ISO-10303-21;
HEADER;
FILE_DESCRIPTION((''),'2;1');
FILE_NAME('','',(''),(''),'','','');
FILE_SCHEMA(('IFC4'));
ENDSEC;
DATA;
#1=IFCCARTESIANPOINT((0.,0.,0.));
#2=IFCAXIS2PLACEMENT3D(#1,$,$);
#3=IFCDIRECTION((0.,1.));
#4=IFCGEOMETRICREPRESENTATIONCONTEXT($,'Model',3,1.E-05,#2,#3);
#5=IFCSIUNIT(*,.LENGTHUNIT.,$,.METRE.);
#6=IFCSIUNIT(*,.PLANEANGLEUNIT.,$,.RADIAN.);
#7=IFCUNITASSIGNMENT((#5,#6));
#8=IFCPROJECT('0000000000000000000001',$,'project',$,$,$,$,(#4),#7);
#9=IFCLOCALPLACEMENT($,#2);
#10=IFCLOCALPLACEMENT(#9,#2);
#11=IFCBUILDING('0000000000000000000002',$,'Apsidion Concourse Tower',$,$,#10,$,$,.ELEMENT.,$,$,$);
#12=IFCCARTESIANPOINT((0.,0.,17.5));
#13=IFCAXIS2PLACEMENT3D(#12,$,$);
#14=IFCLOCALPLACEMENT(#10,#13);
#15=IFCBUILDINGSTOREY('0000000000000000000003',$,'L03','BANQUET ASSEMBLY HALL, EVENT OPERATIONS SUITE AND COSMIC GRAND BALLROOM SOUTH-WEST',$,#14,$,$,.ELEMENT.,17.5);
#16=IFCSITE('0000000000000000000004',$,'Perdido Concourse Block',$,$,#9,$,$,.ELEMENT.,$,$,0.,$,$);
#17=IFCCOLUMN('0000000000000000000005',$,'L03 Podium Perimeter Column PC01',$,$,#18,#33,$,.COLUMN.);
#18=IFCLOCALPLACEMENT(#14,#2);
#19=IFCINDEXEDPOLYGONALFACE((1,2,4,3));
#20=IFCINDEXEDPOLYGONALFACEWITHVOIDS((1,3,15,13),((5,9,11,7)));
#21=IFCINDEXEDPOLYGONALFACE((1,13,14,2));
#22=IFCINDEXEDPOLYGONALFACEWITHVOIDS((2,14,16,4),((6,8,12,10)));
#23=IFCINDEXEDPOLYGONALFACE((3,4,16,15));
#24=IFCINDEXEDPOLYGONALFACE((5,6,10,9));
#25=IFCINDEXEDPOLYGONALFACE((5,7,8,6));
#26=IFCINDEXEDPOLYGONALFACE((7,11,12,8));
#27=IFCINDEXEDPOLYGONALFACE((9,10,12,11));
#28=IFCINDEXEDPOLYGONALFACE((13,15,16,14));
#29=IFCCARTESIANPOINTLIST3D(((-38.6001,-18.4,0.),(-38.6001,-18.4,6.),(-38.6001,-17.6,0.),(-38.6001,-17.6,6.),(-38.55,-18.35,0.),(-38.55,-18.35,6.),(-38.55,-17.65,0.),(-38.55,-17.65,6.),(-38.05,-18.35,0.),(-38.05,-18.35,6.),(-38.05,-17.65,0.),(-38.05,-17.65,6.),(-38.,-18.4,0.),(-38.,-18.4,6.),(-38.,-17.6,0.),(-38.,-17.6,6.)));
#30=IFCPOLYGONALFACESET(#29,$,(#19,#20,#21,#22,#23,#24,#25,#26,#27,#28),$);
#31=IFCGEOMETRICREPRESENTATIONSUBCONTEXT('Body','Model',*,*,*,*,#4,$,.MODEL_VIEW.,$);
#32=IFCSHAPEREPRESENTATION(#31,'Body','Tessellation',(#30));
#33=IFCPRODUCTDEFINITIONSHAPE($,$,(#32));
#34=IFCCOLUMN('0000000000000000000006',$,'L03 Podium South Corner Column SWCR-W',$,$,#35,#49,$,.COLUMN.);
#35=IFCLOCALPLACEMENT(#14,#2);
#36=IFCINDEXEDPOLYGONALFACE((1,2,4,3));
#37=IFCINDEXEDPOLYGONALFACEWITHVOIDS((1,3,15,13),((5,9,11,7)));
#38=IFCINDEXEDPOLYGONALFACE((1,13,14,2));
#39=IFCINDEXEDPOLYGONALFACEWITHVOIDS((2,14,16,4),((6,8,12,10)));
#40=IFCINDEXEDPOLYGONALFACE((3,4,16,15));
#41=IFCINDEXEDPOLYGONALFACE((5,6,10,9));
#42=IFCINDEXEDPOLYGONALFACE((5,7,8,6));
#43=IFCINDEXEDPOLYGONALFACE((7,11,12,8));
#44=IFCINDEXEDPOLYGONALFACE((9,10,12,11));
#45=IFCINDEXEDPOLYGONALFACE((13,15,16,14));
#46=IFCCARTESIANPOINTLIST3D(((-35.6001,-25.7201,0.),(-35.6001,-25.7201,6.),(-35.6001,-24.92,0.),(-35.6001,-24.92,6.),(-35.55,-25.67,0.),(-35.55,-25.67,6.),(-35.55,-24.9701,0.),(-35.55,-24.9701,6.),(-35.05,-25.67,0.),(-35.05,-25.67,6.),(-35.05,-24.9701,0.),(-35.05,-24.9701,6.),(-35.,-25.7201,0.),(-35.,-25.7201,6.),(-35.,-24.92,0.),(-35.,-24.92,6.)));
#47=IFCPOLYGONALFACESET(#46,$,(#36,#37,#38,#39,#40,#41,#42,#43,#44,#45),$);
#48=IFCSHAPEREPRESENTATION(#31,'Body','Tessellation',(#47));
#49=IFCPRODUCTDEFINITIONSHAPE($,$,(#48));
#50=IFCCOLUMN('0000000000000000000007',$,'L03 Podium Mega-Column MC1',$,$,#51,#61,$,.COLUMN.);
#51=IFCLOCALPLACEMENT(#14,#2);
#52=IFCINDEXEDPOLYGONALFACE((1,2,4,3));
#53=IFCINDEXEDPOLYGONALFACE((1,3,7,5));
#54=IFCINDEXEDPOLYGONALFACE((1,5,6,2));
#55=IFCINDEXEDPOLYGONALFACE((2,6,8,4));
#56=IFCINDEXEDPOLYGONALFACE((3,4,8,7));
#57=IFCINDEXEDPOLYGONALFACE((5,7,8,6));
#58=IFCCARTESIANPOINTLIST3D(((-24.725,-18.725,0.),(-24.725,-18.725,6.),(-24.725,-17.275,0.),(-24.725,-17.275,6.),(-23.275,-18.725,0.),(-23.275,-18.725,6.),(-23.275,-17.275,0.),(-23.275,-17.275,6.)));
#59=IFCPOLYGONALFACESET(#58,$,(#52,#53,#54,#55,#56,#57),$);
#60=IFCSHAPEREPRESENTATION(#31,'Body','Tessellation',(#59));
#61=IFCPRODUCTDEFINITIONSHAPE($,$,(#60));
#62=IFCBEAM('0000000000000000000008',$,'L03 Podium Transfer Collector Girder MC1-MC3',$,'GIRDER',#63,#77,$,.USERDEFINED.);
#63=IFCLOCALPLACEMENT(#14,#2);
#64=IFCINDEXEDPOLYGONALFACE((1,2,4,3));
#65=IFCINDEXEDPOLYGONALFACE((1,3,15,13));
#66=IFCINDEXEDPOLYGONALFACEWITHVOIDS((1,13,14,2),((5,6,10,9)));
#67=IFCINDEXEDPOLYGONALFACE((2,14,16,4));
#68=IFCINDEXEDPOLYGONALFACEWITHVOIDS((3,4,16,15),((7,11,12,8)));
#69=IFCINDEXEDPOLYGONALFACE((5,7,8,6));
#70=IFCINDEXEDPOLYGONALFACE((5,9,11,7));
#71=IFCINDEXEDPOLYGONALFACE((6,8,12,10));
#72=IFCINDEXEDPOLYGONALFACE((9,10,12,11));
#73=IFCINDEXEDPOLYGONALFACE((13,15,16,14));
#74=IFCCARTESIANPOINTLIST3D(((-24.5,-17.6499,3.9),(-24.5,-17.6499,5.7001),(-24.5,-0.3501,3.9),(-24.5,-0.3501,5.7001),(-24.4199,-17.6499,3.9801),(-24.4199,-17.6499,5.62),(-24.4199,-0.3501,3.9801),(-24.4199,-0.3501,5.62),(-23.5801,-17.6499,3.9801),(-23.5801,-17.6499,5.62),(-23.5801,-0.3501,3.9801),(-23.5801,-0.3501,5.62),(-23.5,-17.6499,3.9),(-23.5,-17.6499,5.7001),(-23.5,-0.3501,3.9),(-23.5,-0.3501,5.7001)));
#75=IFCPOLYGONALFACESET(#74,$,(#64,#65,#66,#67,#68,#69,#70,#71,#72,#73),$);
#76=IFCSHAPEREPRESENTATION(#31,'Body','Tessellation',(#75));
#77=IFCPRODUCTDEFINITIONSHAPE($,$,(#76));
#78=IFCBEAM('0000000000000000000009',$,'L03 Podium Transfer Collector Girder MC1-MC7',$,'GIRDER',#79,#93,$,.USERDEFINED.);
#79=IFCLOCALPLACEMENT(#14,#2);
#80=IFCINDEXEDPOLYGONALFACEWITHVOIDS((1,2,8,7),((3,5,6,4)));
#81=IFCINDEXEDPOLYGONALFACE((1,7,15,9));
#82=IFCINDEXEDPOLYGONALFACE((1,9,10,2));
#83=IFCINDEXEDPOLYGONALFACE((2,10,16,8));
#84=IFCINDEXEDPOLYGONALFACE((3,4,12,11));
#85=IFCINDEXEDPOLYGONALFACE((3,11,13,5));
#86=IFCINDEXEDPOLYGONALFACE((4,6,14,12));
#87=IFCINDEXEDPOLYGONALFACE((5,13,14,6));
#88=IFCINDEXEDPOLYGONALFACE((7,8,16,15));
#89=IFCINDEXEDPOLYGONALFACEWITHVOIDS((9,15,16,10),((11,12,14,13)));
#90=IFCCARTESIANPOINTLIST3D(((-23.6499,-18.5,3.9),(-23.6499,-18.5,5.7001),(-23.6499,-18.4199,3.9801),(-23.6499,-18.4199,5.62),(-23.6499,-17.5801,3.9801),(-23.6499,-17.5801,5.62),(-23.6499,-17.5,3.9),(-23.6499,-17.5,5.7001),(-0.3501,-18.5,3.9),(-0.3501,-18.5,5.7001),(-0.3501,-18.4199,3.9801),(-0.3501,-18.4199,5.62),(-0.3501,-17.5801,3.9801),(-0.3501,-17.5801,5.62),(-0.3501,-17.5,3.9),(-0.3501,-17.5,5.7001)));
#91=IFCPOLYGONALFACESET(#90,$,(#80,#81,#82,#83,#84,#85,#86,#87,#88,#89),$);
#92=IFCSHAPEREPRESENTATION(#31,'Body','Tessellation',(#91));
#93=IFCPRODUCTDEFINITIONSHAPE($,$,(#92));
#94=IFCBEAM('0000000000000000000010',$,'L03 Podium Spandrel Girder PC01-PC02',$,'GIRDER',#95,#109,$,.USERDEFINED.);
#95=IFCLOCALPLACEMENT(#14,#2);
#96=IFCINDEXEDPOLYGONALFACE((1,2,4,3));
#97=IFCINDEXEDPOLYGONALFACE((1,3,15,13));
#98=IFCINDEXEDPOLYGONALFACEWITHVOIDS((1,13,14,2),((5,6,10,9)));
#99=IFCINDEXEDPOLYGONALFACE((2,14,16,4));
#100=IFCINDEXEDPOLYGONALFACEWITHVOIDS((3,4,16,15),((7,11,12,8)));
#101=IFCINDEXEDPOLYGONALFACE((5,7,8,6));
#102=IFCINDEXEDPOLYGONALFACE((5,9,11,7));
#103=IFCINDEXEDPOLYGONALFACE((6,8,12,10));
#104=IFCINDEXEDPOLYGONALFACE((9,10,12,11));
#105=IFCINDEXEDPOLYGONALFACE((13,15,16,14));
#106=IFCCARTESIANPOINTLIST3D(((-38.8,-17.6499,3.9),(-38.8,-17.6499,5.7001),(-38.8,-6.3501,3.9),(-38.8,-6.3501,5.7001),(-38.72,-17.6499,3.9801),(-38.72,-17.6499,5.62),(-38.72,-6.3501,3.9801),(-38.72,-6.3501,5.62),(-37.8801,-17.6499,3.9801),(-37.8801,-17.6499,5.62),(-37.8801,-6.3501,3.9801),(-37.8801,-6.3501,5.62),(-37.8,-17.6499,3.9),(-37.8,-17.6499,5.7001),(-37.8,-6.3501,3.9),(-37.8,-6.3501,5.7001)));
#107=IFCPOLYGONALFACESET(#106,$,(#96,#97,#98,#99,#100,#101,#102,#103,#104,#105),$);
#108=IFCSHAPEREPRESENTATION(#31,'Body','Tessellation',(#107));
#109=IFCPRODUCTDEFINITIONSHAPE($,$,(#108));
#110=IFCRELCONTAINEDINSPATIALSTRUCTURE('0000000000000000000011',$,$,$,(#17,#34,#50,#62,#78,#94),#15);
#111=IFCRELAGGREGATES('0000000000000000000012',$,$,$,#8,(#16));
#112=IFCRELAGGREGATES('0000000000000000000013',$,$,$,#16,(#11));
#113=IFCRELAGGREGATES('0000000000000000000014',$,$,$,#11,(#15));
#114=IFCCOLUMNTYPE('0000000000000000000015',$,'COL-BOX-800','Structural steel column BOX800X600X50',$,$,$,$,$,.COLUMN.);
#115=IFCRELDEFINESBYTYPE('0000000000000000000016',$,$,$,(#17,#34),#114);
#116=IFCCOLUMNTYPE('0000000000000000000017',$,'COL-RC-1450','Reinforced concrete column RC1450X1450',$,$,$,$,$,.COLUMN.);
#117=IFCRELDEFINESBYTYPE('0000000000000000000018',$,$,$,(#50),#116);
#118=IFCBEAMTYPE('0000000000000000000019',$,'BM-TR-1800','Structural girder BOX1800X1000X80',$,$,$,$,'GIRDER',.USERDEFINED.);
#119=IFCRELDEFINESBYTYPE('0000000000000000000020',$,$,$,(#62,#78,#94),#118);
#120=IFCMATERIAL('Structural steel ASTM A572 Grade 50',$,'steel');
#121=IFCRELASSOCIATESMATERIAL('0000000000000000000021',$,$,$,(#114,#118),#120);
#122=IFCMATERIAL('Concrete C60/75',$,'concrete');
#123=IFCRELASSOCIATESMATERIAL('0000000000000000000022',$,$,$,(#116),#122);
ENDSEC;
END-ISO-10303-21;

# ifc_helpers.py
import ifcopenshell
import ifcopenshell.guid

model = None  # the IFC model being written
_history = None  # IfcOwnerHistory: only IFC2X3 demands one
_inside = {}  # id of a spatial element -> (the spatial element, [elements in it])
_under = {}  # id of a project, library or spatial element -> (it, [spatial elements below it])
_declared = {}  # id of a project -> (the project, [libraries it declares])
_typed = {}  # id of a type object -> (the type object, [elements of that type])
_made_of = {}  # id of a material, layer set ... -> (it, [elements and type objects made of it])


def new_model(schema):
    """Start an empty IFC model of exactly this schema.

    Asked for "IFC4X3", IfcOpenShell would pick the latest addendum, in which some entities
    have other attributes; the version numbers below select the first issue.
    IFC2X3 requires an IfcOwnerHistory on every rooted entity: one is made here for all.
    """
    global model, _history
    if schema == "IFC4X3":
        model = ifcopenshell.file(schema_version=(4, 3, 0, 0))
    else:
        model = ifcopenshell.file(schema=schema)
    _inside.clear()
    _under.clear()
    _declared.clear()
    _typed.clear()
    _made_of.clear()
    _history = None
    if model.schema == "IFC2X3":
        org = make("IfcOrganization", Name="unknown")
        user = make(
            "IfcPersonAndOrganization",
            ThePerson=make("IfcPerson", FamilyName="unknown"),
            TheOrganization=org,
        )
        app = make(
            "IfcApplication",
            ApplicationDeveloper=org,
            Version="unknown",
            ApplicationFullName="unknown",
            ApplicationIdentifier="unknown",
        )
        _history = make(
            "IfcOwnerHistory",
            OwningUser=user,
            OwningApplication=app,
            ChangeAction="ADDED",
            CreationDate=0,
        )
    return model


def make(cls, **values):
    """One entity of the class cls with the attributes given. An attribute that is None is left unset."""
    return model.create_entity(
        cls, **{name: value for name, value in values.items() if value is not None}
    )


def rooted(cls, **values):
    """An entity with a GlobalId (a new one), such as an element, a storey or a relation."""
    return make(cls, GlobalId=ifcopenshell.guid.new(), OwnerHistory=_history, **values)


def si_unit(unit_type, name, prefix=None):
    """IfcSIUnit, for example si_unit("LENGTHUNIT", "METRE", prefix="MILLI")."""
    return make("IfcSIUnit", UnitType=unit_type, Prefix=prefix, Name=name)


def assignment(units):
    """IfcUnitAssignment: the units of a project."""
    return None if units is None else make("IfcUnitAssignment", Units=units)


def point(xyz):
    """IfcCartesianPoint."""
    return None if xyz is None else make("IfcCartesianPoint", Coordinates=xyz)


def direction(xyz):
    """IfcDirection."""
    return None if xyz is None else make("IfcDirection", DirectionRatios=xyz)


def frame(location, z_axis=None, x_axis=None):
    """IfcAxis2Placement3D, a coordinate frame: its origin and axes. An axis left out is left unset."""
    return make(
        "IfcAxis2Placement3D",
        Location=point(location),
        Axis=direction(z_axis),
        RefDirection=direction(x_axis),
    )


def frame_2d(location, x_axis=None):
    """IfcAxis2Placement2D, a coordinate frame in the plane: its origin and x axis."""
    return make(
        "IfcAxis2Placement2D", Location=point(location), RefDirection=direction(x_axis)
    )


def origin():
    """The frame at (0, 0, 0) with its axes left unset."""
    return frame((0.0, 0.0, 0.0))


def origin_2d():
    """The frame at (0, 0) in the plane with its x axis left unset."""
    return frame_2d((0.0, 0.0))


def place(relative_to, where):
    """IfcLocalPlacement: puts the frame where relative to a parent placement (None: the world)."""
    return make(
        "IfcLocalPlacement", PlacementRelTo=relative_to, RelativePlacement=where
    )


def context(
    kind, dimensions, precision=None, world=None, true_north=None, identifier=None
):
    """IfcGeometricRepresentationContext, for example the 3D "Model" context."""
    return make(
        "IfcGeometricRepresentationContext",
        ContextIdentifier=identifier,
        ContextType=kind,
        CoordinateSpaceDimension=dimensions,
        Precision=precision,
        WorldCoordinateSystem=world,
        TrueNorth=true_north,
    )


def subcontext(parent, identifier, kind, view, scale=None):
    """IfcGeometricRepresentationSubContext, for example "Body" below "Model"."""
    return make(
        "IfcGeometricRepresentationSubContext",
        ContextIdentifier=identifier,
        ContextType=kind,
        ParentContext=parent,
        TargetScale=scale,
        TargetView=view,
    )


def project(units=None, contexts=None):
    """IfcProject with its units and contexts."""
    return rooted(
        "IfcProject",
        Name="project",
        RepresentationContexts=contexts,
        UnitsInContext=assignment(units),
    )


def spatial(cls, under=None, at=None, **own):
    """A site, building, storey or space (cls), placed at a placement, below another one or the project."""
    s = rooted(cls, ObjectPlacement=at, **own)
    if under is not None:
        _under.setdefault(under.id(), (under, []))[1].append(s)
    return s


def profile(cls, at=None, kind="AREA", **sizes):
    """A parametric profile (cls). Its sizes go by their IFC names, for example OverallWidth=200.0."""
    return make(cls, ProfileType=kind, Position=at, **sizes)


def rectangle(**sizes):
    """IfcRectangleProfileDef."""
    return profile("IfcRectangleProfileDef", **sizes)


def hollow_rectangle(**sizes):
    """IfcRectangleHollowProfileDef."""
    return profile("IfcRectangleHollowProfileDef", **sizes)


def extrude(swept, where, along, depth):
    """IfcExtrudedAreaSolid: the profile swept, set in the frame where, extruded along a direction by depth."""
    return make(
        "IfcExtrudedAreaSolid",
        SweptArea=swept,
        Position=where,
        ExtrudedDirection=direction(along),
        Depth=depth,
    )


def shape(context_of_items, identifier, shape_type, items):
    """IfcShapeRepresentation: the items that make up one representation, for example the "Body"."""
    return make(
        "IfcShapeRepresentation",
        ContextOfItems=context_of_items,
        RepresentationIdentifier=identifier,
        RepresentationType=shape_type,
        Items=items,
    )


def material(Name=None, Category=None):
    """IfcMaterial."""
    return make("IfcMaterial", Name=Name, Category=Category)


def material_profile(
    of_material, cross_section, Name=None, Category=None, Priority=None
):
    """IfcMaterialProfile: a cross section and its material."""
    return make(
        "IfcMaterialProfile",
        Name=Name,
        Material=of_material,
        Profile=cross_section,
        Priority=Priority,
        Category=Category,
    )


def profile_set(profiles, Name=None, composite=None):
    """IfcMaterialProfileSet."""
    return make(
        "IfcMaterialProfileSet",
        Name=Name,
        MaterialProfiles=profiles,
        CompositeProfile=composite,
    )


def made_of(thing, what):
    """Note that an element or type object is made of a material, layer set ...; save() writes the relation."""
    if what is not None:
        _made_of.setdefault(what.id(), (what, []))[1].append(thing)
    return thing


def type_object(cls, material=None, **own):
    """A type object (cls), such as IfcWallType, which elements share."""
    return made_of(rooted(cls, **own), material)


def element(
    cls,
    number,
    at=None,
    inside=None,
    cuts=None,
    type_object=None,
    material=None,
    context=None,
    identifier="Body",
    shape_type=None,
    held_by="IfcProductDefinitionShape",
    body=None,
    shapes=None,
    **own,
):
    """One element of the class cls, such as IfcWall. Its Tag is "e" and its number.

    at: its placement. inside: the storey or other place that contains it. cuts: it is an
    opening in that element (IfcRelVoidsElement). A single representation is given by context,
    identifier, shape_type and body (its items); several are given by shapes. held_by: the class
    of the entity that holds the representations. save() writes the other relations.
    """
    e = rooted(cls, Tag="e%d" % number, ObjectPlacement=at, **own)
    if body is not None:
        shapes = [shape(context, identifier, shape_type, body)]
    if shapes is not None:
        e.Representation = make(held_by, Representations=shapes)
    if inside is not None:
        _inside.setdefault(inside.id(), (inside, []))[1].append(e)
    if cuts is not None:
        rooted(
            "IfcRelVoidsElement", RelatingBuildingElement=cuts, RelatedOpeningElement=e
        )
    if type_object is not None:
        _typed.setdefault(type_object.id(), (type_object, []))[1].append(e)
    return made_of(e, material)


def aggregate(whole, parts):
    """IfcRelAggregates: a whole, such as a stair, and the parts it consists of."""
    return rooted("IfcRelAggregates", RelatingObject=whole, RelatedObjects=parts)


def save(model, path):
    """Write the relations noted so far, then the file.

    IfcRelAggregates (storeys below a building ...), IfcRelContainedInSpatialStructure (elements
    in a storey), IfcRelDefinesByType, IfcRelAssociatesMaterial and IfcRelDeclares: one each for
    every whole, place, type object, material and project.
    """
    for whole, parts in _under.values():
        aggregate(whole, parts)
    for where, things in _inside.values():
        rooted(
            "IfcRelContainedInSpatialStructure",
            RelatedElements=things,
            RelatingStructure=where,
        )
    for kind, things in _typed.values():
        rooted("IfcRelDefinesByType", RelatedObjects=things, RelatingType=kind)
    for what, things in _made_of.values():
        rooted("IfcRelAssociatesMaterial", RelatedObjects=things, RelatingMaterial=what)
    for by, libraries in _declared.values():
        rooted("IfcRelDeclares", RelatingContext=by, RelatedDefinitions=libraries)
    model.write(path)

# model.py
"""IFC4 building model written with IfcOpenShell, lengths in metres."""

from ifc_helpers import new_model, si_unit, direction, frame, origin, origin_2d, place, context, subcontext, project, spatial, rectangle, hollow_rectangle, extrude, material, material_profile, profile_set, type_object, element, save


model = new_model("IFC4")

# Units and contexts
model_context = context("Model", 3, precision=1e-05, world=origin(), true_north=direction((0.0, 1.0)))
body_context = subcontext(model_context, "Body", "Model", "MODEL_VIEW")
ifc_project = project(units=[si_unit("LENGTHUNIT", "METRE"), si_unit("PLANEANGLEUNIT", "RADIAN")], contexts=[model_context])

# Site, building, storey
site_placement = place(None, origin())
site = spatial("IfcSite", under=ifc_project, at=site_placement, Name="Perdido Concourse Block", CompositionType="ELEMENT", RefElevation=0.0)
building_placement = place(site_placement, origin())
building = spatial("IfcBuilding", under=site, at=building_placement, Name="Apsidion Concourse Tower", CompositionType="ELEMENT")
storey_placement = place(building_placement, frame((0.0, 0.0, 17.5)))
storey = spatial("IfcBuildingStorey", under=building, at=storey_placement, Name="L03", Description="BANQUET ASSEMBLY HALL, EVENT OPERATIONS SUITE AND COSMIC GRAND BALLROOM SOUTH-WEST", CompositionType="ELEMENT", Elevation=17.5)

# Columns
ifc_material_1 = material(Name="Structural steel ASTM A572 Grade 50", Category="steel")
ifc_material_profile_1 = material_profile(ifc_material_1, hollow_rectangle(XDim=0.6001, YDim=0.8, WallThickness=0.05, at=origin_2d()), Name="BOX800X600X50")
ifc_profile_set_1 = profile_set([ifc_material_profile_1], Name="Structural steel ASTM A572 Grade 50")
column_type_1 = type_object("IfcColumnType", Name="COL-BOX-800", Description="Structural steel column BOX800X600X50", PredefinedType="COLUMN", material=ifc_profile_set_1)
for number, where, z_axis, x_axis, name in (
    (1, (-38.3, -18.0, 0.0), (0.0, 0.0, 1.0), (1.0, 0.0, 0.0), "L03 Podium Perimeter Column PC01"),
    (2, (-35.3, -25.3201, 0.0), (0.0, 0.0, 1.0), (1.0, 0.0, 0.0), "L03 Podium South Corner Column SWCR-W"),
):
    element("IfcColumn", number, at=place(storey_placement, frame(where, z_axis=z_axis, x_axis=x_axis)), inside=storey, type_object=column_type_1, Name=name, PredefinedType="COLUMN", context=body_context, shape_type="SweptSolid", body=[
        extrude(hollow_rectangle(XDim=0.6001, YDim=0.8, WallThickness=0.05, at=origin_2d()), origin(), (0.0, 0.0, 1.0), 6.0),
    ])
ifc_material_2 = material(Name="Concrete C60/75", Category="concrete")
ifc_material_profile_2 = material_profile(ifc_material_2, rectangle(XDim=1.45, YDim=1.45, at=origin_2d()), Name="RC 1450x1450")
ifc_profile_set_2 = profile_set([ifc_material_profile_2], Name="Concrete C60/75")
column_type_2 = type_object("IfcColumnType", Name="COL-RC-1450", Description="Reinforced concrete column RC1450X1450", PredefinedType="COLUMN", material=ifc_profile_set_2)
column_placement = place(storey_placement, frame((-24.0, -18.0, 0.0), z_axis=(0.0, 0.0, 1.0), x_axis=(1.0, 0.0, 0.0)))
element("IfcColumn", 3, at=column_placement, inside=storey, type_object=column_type_2, Name="L03 Podium Mega-Column MC1", PredefinedType="COLUMN", context=body_context, shape_type="SweptSolid", body=[
    extrude(rectangle(XDim=1.45, YDim=1.45, at=origin_2d()), origin(), (0.0, 0.0, 1.0), 6.0),
])

# Beams
ifc_material_profile_3 = material_profile(ifc_material_1, hollow_rectangle(XDim=1.0, YDim=1.8, WallThickness=0.0801, at=origin_2d()), Name="BOX1800X1000X80")
ifc_profile_set_3 = profile_set([ifc_material_profile_3], Name="Structural steel ASTM A572 Grade 50")
beam_type = type_object("IfcBeamType", Name="BM-TR-1800", Description="Structural girder BOX1800X1000X80", ElementType="GIRDER", PredefinedType="USERDEFINED", material=ifc_profile_set_3)
beam_1_placement = place(storey_placement, frame((-24.0, -17.6499, 4.8), z_axis=(0.0, 1.0, 0.0), x_axis=(-1.0, 0.0, 0.0)))
element("IfcBeam", 4, at=beam_1_placement, inside=storey, type_object=beam_type, Name="L03 Podium Transfer Collector Girder MC1-MC3", ObjectType="GIRDER", PredefinedType="USERDEFINED", context=body_context, shape_type="SweptSolid", body=[
    extrude(hollow_rectangle(XDim=1.0, YDim=1.8, WallThickness=0.0801, at=origin_2d()), origin(), (0.0, 0.0, 1.0), 17.2998),
])
beam_2_placement = place(storey_placement, frame((-23.6499, -18.0, 4.8), z_axis=(1.0, 0.0, 0.0), x_axis=(0.0, 1.0, 0.0)))
element("IfcBeam", 5, at=beam_2_placement, inside=storey, type_object=beam_type, Name="L03 Podium Transfer Collector Girder MC1-MC7", ObjectType="GIRDER", PredefinedType="USERDEFINED", context=body_context, shape_type="SweptSolid", body=[
    extrude(hollow_rectangle(XDim=1.0, YDim=1.8, WallThickness=0.0801, at=origin_2d()), origin(), (0.0, 0.0, 1.0), 23.2998),
])
beam_3_placement = place(storey_placement, frame((-38.3, -17.6499, 4.8), z_axis=(0.0, 1.0, 0.0), x_axis=(-1.0, 0.0, 0.0)))
element("IfcBeam", 6, at=beam_3_placement, inside=storey, type_object=beam_type, Name="L03 Podium Spandrel Girder PC01-PC02", ObjectType="GIRDER", PredefinedType="USERDEFINED", context=body_context, shape_type="SweptSolid", body=[
    extrude(hollow_rectangle(XDim=1.0, YDim=1.8, WallThickness=0.0801, at=origin_2d()), origin(), (0.0, 0.0, 1.0), 11.2998),
])

save(model, "model.ifc")
